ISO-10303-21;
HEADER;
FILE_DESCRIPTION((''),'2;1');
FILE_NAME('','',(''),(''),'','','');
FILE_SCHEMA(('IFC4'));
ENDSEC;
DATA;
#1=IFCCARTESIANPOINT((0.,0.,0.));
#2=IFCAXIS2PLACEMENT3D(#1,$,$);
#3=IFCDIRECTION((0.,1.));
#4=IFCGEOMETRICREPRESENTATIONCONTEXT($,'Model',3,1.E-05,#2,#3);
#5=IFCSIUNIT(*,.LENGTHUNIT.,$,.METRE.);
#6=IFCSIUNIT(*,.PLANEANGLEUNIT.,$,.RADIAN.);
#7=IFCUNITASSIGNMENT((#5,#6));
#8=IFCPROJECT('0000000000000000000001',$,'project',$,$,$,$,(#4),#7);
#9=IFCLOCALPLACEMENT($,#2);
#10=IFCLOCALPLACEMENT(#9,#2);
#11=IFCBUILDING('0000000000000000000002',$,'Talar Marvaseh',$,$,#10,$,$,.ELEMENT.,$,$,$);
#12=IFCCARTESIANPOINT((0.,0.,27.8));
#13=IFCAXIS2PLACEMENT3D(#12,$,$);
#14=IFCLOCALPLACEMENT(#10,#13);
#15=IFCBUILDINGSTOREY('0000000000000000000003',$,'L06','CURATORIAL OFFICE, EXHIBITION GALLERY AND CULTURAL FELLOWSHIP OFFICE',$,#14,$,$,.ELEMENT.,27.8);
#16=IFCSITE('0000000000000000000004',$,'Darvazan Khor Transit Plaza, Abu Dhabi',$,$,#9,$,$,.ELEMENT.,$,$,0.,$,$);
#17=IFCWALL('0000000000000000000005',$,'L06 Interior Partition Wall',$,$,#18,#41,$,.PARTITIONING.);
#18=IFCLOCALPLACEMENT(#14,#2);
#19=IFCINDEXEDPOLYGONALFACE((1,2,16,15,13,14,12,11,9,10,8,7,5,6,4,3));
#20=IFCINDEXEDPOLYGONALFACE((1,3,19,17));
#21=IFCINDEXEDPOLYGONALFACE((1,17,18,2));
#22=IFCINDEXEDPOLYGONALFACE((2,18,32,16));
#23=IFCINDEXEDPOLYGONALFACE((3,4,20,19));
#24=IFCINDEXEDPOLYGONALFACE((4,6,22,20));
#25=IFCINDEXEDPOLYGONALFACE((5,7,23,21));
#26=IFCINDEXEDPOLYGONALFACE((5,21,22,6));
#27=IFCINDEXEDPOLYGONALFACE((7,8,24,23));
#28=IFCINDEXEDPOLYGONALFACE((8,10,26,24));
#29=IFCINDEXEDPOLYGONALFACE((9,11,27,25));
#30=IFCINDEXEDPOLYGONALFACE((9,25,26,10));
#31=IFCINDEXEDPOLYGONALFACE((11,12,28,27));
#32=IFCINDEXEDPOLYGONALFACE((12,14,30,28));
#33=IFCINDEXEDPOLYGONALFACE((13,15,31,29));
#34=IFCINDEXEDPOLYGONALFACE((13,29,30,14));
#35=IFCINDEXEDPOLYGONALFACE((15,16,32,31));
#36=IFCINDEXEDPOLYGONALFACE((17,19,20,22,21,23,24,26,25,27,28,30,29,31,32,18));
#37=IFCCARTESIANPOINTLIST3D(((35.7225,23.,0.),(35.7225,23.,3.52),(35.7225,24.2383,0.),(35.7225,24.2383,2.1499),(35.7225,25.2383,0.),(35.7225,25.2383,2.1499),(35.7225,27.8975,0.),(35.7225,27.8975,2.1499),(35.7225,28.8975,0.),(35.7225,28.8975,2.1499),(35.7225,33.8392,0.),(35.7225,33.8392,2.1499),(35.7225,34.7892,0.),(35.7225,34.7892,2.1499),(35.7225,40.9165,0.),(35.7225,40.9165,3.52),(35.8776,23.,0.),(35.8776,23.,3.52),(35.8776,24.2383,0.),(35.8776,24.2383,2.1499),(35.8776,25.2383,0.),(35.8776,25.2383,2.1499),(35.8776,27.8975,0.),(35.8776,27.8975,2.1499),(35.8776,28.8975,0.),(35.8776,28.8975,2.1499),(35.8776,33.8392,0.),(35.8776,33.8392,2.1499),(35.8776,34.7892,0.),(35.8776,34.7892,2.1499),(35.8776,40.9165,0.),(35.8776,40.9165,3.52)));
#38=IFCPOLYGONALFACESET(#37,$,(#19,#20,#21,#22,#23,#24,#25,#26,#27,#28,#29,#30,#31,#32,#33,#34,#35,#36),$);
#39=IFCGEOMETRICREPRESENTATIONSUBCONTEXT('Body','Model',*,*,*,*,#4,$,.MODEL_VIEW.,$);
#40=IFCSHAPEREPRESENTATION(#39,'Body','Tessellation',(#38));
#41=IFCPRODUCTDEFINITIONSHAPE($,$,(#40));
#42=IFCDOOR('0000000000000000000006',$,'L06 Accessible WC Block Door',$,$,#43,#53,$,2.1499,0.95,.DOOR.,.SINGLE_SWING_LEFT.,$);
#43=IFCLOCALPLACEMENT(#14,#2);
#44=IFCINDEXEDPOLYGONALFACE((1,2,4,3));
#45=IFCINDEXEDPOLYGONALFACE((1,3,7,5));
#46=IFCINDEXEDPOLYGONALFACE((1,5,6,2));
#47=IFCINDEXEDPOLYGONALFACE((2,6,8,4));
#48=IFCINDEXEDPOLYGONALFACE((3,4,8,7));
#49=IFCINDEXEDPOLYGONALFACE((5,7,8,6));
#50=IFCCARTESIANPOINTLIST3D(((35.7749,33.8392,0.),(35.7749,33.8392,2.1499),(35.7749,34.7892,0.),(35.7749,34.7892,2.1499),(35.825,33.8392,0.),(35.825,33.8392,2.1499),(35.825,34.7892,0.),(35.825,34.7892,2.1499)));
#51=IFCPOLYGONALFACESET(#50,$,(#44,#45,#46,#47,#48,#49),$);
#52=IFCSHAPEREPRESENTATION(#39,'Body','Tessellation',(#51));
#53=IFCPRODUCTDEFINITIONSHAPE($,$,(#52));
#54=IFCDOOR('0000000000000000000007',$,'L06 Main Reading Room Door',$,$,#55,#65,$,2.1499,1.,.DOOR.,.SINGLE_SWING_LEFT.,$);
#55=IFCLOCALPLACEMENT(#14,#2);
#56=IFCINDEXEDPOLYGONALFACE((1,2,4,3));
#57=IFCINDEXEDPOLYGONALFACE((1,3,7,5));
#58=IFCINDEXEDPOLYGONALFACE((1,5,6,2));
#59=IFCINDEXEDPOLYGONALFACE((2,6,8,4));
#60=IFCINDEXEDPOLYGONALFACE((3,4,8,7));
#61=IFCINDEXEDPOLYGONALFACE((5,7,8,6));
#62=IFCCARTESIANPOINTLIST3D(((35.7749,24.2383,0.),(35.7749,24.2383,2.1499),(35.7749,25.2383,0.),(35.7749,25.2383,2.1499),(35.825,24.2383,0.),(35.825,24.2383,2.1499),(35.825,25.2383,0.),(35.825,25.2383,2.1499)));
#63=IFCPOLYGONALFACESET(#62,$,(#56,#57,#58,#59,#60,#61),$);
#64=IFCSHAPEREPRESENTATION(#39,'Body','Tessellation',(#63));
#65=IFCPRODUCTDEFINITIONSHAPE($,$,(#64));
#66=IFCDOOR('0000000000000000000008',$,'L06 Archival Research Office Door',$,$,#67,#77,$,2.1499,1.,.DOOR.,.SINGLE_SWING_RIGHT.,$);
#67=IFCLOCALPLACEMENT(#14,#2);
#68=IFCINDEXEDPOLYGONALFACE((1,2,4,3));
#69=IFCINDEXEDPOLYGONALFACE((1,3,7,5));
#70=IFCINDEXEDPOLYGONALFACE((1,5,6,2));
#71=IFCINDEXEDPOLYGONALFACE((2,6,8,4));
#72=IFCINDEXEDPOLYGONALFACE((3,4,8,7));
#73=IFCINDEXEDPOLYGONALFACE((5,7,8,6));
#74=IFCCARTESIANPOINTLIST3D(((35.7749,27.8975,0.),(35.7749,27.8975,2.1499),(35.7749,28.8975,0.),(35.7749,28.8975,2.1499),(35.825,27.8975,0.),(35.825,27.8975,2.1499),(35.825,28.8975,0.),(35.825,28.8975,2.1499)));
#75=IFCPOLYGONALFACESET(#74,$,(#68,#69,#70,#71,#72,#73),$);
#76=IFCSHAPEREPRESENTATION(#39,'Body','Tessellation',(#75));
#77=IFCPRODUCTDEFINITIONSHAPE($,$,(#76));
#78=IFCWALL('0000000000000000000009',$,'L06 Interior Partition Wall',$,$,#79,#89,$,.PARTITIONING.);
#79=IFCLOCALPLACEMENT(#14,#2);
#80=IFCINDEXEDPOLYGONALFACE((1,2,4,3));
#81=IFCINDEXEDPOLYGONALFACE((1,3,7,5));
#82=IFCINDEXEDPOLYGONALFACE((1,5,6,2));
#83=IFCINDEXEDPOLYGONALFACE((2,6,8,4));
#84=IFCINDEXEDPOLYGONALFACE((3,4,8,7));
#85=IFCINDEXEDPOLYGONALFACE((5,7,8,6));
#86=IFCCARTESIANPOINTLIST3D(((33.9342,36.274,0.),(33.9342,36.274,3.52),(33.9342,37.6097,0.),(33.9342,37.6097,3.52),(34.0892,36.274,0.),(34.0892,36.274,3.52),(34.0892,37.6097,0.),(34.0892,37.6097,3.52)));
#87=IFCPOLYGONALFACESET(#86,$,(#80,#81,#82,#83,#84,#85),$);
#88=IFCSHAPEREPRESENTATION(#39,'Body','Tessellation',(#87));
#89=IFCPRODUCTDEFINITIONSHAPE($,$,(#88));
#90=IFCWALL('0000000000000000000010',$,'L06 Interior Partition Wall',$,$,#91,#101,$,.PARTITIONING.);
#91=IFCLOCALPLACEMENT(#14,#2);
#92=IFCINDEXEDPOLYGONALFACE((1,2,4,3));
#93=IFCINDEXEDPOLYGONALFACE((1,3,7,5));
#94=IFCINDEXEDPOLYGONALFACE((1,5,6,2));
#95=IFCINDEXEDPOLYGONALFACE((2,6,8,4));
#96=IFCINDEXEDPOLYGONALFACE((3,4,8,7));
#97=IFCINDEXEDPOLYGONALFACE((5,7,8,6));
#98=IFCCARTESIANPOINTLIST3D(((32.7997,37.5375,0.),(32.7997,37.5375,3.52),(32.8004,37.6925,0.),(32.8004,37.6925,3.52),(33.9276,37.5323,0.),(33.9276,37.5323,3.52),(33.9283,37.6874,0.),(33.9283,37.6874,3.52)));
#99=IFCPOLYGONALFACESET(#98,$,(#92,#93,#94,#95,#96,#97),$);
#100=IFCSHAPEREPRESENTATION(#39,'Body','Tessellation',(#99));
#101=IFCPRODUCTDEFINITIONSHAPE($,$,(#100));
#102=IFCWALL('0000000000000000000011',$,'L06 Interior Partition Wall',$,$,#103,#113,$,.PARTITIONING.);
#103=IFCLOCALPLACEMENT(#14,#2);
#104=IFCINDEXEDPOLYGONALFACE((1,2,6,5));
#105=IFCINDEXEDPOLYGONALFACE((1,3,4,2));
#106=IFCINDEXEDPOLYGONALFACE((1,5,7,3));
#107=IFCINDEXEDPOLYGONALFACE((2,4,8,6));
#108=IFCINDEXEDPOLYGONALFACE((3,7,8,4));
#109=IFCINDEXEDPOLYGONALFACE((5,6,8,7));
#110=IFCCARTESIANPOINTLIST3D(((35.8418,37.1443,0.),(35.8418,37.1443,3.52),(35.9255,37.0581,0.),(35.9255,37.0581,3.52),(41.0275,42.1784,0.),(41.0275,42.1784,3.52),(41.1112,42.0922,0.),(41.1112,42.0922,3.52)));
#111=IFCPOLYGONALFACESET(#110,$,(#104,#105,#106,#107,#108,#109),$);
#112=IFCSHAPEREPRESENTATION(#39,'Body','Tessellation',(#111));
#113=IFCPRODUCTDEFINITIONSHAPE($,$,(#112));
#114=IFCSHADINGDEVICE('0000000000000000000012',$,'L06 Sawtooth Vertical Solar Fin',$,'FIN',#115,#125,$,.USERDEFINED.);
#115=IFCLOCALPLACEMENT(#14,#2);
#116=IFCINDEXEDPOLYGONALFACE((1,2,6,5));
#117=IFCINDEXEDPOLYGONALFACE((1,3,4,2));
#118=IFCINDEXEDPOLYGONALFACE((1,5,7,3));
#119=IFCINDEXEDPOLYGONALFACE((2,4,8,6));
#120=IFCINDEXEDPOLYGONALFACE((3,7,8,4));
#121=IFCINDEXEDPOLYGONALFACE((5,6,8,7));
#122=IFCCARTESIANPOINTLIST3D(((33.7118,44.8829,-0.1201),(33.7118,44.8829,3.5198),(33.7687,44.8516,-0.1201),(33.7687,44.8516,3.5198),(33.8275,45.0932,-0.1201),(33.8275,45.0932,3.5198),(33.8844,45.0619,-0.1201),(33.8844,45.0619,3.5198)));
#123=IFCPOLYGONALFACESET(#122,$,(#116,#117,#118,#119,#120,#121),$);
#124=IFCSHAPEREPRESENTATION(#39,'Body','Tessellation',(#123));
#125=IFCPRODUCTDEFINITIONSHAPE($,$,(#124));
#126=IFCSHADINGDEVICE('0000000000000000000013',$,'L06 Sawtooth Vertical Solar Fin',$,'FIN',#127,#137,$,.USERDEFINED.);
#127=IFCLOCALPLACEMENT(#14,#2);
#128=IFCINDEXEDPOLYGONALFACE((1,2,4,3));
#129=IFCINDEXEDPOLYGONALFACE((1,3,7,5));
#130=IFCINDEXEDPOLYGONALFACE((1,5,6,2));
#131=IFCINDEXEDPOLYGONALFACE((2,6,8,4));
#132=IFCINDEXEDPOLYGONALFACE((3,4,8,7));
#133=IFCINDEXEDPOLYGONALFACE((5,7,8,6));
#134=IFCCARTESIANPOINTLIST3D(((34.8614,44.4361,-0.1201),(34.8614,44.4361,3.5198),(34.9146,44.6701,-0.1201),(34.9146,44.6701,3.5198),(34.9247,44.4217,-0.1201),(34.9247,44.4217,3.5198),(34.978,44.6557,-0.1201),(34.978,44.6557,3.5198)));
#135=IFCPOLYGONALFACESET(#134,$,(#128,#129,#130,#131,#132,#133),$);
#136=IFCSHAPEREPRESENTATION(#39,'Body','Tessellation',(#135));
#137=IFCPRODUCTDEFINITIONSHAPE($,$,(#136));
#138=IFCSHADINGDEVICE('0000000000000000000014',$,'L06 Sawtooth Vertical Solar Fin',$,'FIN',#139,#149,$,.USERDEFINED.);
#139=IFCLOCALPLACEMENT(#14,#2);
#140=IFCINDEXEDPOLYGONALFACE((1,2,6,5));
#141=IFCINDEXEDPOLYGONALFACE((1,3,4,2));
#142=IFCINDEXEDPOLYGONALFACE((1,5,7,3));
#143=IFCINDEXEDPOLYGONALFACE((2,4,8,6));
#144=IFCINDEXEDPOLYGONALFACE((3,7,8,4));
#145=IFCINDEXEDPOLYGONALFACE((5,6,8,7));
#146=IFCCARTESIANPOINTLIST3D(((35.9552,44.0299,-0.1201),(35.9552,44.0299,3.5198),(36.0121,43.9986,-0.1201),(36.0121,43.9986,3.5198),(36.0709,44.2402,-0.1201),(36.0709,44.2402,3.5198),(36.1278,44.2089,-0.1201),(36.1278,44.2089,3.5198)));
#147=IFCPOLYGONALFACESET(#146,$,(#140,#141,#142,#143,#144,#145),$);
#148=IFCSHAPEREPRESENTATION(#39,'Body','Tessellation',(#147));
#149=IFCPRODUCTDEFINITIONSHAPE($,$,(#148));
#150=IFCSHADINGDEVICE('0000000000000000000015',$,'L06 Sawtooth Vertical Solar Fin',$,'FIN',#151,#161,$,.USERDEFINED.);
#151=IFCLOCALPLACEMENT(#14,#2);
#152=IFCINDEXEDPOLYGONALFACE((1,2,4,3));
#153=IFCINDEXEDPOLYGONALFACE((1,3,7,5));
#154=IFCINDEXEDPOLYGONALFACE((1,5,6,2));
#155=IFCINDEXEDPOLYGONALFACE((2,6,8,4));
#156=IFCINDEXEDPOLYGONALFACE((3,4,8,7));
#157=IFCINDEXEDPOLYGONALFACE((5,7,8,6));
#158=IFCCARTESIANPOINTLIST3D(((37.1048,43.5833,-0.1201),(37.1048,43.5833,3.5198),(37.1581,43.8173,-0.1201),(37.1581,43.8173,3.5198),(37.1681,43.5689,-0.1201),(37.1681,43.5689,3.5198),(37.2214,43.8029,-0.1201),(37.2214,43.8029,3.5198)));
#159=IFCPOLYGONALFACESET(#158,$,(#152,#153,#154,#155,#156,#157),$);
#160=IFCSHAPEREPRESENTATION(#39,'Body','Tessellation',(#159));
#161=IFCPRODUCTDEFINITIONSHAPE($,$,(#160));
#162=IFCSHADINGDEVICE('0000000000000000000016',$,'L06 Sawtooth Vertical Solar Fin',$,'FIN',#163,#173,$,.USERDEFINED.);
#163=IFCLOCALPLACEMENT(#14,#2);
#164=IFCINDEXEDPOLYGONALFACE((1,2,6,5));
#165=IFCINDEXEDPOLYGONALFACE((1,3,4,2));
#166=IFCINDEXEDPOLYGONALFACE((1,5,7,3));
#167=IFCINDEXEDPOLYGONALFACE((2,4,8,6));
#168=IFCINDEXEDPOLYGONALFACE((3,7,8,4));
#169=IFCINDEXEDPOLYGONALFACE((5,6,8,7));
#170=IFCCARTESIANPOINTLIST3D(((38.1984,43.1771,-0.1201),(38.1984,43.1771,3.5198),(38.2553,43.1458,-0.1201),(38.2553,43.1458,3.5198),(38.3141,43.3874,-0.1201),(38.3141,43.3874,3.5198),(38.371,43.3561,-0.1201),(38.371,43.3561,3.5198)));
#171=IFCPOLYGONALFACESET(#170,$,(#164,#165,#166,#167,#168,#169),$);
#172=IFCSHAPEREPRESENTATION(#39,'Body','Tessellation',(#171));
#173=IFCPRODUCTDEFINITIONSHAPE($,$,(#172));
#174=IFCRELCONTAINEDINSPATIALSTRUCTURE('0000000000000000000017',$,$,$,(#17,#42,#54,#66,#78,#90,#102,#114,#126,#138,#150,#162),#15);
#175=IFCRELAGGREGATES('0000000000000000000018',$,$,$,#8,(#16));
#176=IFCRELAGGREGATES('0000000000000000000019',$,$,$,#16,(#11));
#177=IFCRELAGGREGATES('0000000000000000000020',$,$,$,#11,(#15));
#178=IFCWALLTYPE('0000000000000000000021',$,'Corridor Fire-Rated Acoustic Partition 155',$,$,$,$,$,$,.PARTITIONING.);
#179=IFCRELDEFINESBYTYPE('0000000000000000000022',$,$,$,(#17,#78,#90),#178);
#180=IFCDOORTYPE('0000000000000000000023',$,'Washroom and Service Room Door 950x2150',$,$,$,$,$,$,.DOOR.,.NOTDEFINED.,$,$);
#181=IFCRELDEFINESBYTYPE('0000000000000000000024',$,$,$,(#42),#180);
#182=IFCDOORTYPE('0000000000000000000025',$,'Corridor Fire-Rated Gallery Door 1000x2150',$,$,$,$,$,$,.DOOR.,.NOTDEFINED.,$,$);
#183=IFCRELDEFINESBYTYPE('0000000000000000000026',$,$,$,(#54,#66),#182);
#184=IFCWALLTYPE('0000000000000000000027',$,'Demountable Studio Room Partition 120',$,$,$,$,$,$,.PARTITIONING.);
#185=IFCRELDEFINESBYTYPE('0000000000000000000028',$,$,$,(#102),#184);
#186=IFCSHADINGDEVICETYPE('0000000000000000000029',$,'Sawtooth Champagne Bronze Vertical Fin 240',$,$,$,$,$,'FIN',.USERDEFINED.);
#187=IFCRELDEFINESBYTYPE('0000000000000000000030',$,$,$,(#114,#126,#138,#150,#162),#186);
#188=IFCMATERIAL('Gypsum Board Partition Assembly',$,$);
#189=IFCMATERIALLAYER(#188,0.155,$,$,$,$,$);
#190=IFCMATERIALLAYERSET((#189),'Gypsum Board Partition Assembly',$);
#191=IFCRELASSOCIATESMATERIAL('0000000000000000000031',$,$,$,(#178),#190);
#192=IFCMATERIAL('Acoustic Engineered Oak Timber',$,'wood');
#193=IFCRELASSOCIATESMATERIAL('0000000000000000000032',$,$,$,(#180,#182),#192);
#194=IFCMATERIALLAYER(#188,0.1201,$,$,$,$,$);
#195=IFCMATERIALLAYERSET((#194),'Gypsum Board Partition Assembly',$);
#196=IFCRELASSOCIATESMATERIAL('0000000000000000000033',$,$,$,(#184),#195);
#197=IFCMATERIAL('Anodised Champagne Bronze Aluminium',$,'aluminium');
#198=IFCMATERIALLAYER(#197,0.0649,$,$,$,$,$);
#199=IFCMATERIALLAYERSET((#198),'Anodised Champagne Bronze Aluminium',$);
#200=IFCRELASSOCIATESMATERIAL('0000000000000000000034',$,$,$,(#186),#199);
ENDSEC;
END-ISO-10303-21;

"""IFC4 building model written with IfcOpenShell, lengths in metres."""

from ifc_helpers import new_model, si_unit, direction, frame, frame_2d, origin, origin_2d, place, context, subcontext, project, spatial, rectangle, extrude, source, transform, mapped, material, layer, layer_set, type_object, type_shapes, element, fill, save


model = new_model("IFC4")

# Units and contexts
model_context = context("Model", 3, precision=1e-05, world=origin(), true_north=direction((0.0, 1.0)))
body_context = subcontext(model_context, "Body", "Model", "MODEL_VIEW")
ifc_project = project(units=[si_unit("LENGTHUNIT", "METRE"), si_unit("PLANEANGLEUNIT", "RADIAN")], contexts=[model_context])

# Site, building, storey
site_placement = place(None, origin())
site = spatial("IfcSite", under=ifc_project, at=site_placement, Name="Darvazan Khor Transit Plaza, Abu Dhabi", CompositionType="ELEMENT", RefElevation=0.0)
building_placement = place(site_placement, origin())
building = spatial("IfcBuilding", under=site, at=building_placement, Name="Talar Marvaseh", CompositionType="ELEMENT")
storey_placement = place(building_placement, frame((0.0, 0.0, 27.8)))
storey = spatial("IfcBuildingStorey", under=building, at=storey_placement, Name="L06", Description="CURATORIAL OFFICE, EXHIBITION GALLERY AND CULTURAL FELLOWSHIP OFFICE", CompositionType="ELEMENT", Elevation=27.8)

# Wall, openings, doors
ifc_material_1 = material(Name="Gypsum Board Partition Assembly")
ifc_layer_1 = layer(ifc_material_1, 0.155)
ifc_layer_set_1 = layer_set([ifc_layer_1], Name="Gypsum Board Partition Assembly")
wall_type_1 = type_object("IfcWallType", Name="Corridor Fire-Rated Acoustic Partition 155", PredefinedType="PARTITIONING", material=ifc_layer_set_1)
wall_1_placement = place(storey_placement, frame((35.8, 40.9165, 0.0), z_axis=(0.0, 0.0, 1.0), x_axis=(0.0, -1.0, 0.0)))
wall_1 = element("IfcWall", 1, at=wall_1_placement, inside=storey, type_object=wall_type_1, Name="L06 Interior Partition Wall", PredefinedType="PARTITIONING", context=body_context, shape_type="SweptSolid", body=[
    extrude(rectangle(XDim=17.9165, YDim=0.155, at=frame_2d((8.9583, 0.0))), origin(), (0.0, 0.0, 1.0), 3.52),
])
opening_1_placement = place(wall_1_placement, frame((15.6782, 0.0, 0.0)))
opening_1 = element("IfcOpeningElement", 2, at=opening_1_placement, cuts=wall_1, PredefinedType="OPENING", context=body_context, shape_type="SweptSolid", body=[
    extrude(rectangle(XDim=1.0, YDim=2.1499, at=frame_2d((0.5, 1.075))), frame((0.0, 0.0874, 0.0), z_axis=(0.0, -1.0, 0.0), x_axis=(1.0, 0.0, 0.0)), (0.0, 0.0, 1.0), 0.175),
])
opening_2_placement = place(wall_1_placement, frame((12.019, 0.0, 0.0)))
opening_2 = element("IfcOpeningElement", 3, at=opening_2_placement, cuts=wall_1, PredefinedType="OPENING", context=body_context, shape_type="SweptSolid", body=[
    extrude(rectangle(XDim=1.0, YDim=2.1499, at=frame_2d((0.5, 1.075))), frame((0.0, 0.0874, 0.0), z_axis=(0.0, -1.0, 0.0), x_axis=(1.0, 0.0, 0.0)), (0.0, 0.0, 1.0), 0.175),
])
opening_3_placement = place(wall_1_placement, frame((6.1272, 0.0, 0.0)))
opening_3 = element("IfcOpeningElement", 4, at=opening_3_placement, cuts=wall_1, PredefinedType="OPENING", context=body_context, shape_type="SweptSolid", body=[
    extrude(rectangle(XDim=0.95, YDim=2.1499, at=frame_2d((0.4751, 1.075))), frame((0.0, 0.0874, 0.0), z_axis=(0.0, -1.0, 0.0), x_axis=(1.0, 0.0, 0.0)), (0.0, 0.0, 1.0), 0.175),
])
ifc_material_2 = material(Name="Acoustic Engineered Oak Timber", Category="wood")
door_type_1 = type_object("IfcDoorType", Name="Washroom and Service Room Door 950x2150", OperationType="NOTDEFINED", PredefinedType="DOOR", material=ifc_material_2)
shared_shape_1 = source(origin(), body_context, "Body", "SweptSolid", [
    extrude(rectangle(XDim=0.95, YDim=2.1499, at=frame_2d((0.4751, 1.075))), frame((0.0, 0.0249, 0.0), z_axis=(0.0, -1.0, 0.0), x_axis=(1.0, 0.0, 0.0)), (0.0, 0.0, 1.0), 0.05),
])
type_shapes(door_type_1, [shared_shape_1])
door_1_placement = place(opening_3_placement, origin())
door_1 = element("IfcDoor", 5, at=door_1_placement, inside=storey, type_object=door_type_1, Name="L06 Accessible WC Block Door", OperationType="SINGLE_SWING_LEFT", OverallHeight=2.1499, OverallWidth=0.95, PredefinedType="DOOR", context=body_context, shape_type="MappedRepresentation", body=[
    mapped(shared_shape_1, transform((0.0, 0.0, 0.0), x_axis=(1.0, 0.0, 0.0), y_axis=(0.0, 1.0, 0.0), z_axis=(0.0, 0.0, 1.0), scale=1.0)),
])
fill(opening_3, door_1)
door_type_2 = type_object("IfcDoorType", Name="Corridor Fire-Rated Gallery Door 1000x2150", OperationType="NOTDEFINED", PredefinedType="DOOR", material=ifc_material_2)
shared_shape_2 = source(origin(), body_context, "Body", "SweptSolid", [
    extrude(rectangle(XDim=1.0, YDim=2.1499, at=frame_2d((0.5, 1.075))), frame((0.0, 0.0249, 0.0), z_axis=(0.0, -1.0, 0.0), x_axis=(1.0, 0.0, 0.0)), (0.0, 0.0, 1.0), 0.05),
])
type_shapes(door_type_2, [shared_shape_2])
door_2_placement = place(opening_1_placement, origin())
door_2 = element("IfcDoor", 6, at=door_2_placement, inside=storey, type_object=door_type_2, Name="L06 Main Reading Room Door", OperationType="SINGLE_SWING_LEFT", OverallHeight=2.1499, OverallWidth=1.0, PredefinedType="DOOR", context=body_context, shape_type="MappedRepresentation", body=[
    mapped(shared_shape_2, transform((0.0, 0.0, 0.0), x_axis=(1.0, 0.0, 0.0), y_axis=(0.0, 1.0, 0.0), z_axis=(0.0, 0.0, 1.0), scale=1.0)),
])
fill(opening_1, door_2)
door_3_placement = place(opening_2_placement, origin())
door_3 = element("IfcDoor", 7, at=door_3_placement, inside=storey, type_object=door_type_2, Name="L06 Archival Research Office Door", OperationType="SINGLE_SWING_RIGHT", OverallHeight=2.1499, OverallWidth=1.0, PredefinedType="DOOR", context=body_context, shape_type="MappedRepresentation", body=[
    mapped(shared_shape_2, transform((0.0, 0.0, 0.0), x_axis=(1.0, 0.0, 0.0), y_axis=(0.0, 1.0, 0.0), z_axis=(0.0, 0.0, 1.0), scale=1.0)),
])
fill(opening_2, door_3)

# Walls
wall_2_placement = place(storey_placement, frame((34.0117, 36.2739, 0.0), z_axis=(0.0, 0.0, 1.0), x_axis=(0.0, 1.0, 0.0)))
element("IfcWall", 8, at=wall_2_placement, inside=storey, type_object=wall_type_1, Name="L06 Interior Partition Wall", PredefinedType="PARTITIONING", context=body_context, shape_type="SweptSolid", body=[
    extrude(rectangle(XDim=1.3357, YDim=0.155, at=frame_2d((0.668, 0.0))), origin(), (0.0, 0.0, 1.0), 3.52),
])
wall_3_placement = place(storey_placement, frame((33.928, 37.6099, 0.0), z_axis=(0.0, 0.0, 1.0), x_axis=(-0.99999, 0.004545, 0.0)))
element("IfcWall", 9, at=wall_3_placement, inside=storey, type_object=wall_type_1, Name="L06 Interior Partition Wall", PredefinedType="PARTITIONING", context=body_context, shape_type="SweptSolid", body=[
    extrude(rectangle(XDim=1.1279, YDim=0.155, at=frame_2d((0.564, 0.0))), origin(), (0.0, 0.0, 1.0), 3.52),
])
ifc_layer_2 = layer(ifc_material_1, 0.1201)
ifc_layer_set_2 = layer_set([ifc_layer_2], Name="Gypsum Board Partition Assembly")
wall_type_2 = type_object("IfcWallType", Name="Demountable Studio Room Partition 120", PredefinedType="PARTITIONING", material=ifc_layer_set_2)
wall_4_placement = place(storey_placement, frame((35.8835, 37.1011, 0.0), z_axis=(0.0, 0.0, 1.0), x_axis=(0.717518, 0.69654, 0.0)))
element("IfcWall", 10, at=wall_4_placement, inside=storey, type_object=wall_type_2, Name="L06 Interior Partition Wall", PredefinedType="PARTITIONING", context=body_context, shape_type="SweptSolid", body=[
    extrude(rectangle(XDim=7.2273, YDim=0.1201, at=frame_2d((3.6138, 0.0))), origin(), (0.0, 0.0, 1.0), 3.52),
])

# Shading devices
ifc_material_3 = material(Name="Anodised Champagne Bronze Aluminium", Category="aluminium")
ifc_layer_3 = layer(ifc_material_3, 0.0649)
ifc_layer_set_3 = layer_set([ifc_layer_3], Name="Anodised Champagne Bronze Aluminium")
shading_device_type = type_object("IfcShadingDeviceType", Name="Sawtooth Champagne Bronze Vertical Fin 240", ElementType="FIN", PredefinedType="USERDEFINED", material=ifc_layer_set_3)
shared_shape_3 = source(origin(), body_context, "Body", "SweptSolid", [
    extrude(rectangle(XDim=0.24, YDim=0.0649, at=origin_2d()), origin(), (0.0, 0.0, 1.0), 3.6399),
])
type_shapes(shading_device_type, [shared_shape_3])
for number, where, z_axis, x_axis, name in (
    (11, (33.7981, 44.9724, -0.1201), (0.0, 0.0, 1.0), (0.48206, 0.876138, 0.0), "L06 Sawtooth Vertical Solar Fin"),
    (12, (34.9197, 44.5459, -0.1201), (0.0, 0.0, 1.0), (0.221889, 0.975072, 0.0), "L06 Sawtooth Vertical Solar Fin"),
    (13, (36.0415, 44.1194, -0.1201), (0.0, 0.0, 1.0), (0.48206, 0.876138, 0.0), "L06 Sawtooth Vertical Solar Fin"),
    (14, (37.1631, 43.6931, -0.1201), (0.0, 0.0, 1.0), (0.221889, 0.975072, 0.0), "L06 Sawtooth Vertical Solar Fin"),
    (15, (38.2847, 43.2666, -0.1201), (0.0, 0.0, 1.0), (0.48206, 0.876138, 0.0), "L06 Sawtooth Vertical Solar Fin"),
):
    element("IfcShadingDevice", number, at=place(storey_placement, frame(where, z_axis=z_axis, x_axis=x_axis)), inside=storey, type_object=shading_device_type, Name=name, ObjectType="FIN", PredefinedType="USERDEFINED", context=body_context, shape_type="MappedRepresentation", body=[
        mapped(shared_shape_3, transform((0.0, 0.0, 0.0), x_axis=(1.0, 0.0, 0.0), y_axis=(0.0, 1.0, 0.0), z_axis=(0.0, 0.0, 1.0), scale=1.0)),
    ])

save(model, "model.ifc")
